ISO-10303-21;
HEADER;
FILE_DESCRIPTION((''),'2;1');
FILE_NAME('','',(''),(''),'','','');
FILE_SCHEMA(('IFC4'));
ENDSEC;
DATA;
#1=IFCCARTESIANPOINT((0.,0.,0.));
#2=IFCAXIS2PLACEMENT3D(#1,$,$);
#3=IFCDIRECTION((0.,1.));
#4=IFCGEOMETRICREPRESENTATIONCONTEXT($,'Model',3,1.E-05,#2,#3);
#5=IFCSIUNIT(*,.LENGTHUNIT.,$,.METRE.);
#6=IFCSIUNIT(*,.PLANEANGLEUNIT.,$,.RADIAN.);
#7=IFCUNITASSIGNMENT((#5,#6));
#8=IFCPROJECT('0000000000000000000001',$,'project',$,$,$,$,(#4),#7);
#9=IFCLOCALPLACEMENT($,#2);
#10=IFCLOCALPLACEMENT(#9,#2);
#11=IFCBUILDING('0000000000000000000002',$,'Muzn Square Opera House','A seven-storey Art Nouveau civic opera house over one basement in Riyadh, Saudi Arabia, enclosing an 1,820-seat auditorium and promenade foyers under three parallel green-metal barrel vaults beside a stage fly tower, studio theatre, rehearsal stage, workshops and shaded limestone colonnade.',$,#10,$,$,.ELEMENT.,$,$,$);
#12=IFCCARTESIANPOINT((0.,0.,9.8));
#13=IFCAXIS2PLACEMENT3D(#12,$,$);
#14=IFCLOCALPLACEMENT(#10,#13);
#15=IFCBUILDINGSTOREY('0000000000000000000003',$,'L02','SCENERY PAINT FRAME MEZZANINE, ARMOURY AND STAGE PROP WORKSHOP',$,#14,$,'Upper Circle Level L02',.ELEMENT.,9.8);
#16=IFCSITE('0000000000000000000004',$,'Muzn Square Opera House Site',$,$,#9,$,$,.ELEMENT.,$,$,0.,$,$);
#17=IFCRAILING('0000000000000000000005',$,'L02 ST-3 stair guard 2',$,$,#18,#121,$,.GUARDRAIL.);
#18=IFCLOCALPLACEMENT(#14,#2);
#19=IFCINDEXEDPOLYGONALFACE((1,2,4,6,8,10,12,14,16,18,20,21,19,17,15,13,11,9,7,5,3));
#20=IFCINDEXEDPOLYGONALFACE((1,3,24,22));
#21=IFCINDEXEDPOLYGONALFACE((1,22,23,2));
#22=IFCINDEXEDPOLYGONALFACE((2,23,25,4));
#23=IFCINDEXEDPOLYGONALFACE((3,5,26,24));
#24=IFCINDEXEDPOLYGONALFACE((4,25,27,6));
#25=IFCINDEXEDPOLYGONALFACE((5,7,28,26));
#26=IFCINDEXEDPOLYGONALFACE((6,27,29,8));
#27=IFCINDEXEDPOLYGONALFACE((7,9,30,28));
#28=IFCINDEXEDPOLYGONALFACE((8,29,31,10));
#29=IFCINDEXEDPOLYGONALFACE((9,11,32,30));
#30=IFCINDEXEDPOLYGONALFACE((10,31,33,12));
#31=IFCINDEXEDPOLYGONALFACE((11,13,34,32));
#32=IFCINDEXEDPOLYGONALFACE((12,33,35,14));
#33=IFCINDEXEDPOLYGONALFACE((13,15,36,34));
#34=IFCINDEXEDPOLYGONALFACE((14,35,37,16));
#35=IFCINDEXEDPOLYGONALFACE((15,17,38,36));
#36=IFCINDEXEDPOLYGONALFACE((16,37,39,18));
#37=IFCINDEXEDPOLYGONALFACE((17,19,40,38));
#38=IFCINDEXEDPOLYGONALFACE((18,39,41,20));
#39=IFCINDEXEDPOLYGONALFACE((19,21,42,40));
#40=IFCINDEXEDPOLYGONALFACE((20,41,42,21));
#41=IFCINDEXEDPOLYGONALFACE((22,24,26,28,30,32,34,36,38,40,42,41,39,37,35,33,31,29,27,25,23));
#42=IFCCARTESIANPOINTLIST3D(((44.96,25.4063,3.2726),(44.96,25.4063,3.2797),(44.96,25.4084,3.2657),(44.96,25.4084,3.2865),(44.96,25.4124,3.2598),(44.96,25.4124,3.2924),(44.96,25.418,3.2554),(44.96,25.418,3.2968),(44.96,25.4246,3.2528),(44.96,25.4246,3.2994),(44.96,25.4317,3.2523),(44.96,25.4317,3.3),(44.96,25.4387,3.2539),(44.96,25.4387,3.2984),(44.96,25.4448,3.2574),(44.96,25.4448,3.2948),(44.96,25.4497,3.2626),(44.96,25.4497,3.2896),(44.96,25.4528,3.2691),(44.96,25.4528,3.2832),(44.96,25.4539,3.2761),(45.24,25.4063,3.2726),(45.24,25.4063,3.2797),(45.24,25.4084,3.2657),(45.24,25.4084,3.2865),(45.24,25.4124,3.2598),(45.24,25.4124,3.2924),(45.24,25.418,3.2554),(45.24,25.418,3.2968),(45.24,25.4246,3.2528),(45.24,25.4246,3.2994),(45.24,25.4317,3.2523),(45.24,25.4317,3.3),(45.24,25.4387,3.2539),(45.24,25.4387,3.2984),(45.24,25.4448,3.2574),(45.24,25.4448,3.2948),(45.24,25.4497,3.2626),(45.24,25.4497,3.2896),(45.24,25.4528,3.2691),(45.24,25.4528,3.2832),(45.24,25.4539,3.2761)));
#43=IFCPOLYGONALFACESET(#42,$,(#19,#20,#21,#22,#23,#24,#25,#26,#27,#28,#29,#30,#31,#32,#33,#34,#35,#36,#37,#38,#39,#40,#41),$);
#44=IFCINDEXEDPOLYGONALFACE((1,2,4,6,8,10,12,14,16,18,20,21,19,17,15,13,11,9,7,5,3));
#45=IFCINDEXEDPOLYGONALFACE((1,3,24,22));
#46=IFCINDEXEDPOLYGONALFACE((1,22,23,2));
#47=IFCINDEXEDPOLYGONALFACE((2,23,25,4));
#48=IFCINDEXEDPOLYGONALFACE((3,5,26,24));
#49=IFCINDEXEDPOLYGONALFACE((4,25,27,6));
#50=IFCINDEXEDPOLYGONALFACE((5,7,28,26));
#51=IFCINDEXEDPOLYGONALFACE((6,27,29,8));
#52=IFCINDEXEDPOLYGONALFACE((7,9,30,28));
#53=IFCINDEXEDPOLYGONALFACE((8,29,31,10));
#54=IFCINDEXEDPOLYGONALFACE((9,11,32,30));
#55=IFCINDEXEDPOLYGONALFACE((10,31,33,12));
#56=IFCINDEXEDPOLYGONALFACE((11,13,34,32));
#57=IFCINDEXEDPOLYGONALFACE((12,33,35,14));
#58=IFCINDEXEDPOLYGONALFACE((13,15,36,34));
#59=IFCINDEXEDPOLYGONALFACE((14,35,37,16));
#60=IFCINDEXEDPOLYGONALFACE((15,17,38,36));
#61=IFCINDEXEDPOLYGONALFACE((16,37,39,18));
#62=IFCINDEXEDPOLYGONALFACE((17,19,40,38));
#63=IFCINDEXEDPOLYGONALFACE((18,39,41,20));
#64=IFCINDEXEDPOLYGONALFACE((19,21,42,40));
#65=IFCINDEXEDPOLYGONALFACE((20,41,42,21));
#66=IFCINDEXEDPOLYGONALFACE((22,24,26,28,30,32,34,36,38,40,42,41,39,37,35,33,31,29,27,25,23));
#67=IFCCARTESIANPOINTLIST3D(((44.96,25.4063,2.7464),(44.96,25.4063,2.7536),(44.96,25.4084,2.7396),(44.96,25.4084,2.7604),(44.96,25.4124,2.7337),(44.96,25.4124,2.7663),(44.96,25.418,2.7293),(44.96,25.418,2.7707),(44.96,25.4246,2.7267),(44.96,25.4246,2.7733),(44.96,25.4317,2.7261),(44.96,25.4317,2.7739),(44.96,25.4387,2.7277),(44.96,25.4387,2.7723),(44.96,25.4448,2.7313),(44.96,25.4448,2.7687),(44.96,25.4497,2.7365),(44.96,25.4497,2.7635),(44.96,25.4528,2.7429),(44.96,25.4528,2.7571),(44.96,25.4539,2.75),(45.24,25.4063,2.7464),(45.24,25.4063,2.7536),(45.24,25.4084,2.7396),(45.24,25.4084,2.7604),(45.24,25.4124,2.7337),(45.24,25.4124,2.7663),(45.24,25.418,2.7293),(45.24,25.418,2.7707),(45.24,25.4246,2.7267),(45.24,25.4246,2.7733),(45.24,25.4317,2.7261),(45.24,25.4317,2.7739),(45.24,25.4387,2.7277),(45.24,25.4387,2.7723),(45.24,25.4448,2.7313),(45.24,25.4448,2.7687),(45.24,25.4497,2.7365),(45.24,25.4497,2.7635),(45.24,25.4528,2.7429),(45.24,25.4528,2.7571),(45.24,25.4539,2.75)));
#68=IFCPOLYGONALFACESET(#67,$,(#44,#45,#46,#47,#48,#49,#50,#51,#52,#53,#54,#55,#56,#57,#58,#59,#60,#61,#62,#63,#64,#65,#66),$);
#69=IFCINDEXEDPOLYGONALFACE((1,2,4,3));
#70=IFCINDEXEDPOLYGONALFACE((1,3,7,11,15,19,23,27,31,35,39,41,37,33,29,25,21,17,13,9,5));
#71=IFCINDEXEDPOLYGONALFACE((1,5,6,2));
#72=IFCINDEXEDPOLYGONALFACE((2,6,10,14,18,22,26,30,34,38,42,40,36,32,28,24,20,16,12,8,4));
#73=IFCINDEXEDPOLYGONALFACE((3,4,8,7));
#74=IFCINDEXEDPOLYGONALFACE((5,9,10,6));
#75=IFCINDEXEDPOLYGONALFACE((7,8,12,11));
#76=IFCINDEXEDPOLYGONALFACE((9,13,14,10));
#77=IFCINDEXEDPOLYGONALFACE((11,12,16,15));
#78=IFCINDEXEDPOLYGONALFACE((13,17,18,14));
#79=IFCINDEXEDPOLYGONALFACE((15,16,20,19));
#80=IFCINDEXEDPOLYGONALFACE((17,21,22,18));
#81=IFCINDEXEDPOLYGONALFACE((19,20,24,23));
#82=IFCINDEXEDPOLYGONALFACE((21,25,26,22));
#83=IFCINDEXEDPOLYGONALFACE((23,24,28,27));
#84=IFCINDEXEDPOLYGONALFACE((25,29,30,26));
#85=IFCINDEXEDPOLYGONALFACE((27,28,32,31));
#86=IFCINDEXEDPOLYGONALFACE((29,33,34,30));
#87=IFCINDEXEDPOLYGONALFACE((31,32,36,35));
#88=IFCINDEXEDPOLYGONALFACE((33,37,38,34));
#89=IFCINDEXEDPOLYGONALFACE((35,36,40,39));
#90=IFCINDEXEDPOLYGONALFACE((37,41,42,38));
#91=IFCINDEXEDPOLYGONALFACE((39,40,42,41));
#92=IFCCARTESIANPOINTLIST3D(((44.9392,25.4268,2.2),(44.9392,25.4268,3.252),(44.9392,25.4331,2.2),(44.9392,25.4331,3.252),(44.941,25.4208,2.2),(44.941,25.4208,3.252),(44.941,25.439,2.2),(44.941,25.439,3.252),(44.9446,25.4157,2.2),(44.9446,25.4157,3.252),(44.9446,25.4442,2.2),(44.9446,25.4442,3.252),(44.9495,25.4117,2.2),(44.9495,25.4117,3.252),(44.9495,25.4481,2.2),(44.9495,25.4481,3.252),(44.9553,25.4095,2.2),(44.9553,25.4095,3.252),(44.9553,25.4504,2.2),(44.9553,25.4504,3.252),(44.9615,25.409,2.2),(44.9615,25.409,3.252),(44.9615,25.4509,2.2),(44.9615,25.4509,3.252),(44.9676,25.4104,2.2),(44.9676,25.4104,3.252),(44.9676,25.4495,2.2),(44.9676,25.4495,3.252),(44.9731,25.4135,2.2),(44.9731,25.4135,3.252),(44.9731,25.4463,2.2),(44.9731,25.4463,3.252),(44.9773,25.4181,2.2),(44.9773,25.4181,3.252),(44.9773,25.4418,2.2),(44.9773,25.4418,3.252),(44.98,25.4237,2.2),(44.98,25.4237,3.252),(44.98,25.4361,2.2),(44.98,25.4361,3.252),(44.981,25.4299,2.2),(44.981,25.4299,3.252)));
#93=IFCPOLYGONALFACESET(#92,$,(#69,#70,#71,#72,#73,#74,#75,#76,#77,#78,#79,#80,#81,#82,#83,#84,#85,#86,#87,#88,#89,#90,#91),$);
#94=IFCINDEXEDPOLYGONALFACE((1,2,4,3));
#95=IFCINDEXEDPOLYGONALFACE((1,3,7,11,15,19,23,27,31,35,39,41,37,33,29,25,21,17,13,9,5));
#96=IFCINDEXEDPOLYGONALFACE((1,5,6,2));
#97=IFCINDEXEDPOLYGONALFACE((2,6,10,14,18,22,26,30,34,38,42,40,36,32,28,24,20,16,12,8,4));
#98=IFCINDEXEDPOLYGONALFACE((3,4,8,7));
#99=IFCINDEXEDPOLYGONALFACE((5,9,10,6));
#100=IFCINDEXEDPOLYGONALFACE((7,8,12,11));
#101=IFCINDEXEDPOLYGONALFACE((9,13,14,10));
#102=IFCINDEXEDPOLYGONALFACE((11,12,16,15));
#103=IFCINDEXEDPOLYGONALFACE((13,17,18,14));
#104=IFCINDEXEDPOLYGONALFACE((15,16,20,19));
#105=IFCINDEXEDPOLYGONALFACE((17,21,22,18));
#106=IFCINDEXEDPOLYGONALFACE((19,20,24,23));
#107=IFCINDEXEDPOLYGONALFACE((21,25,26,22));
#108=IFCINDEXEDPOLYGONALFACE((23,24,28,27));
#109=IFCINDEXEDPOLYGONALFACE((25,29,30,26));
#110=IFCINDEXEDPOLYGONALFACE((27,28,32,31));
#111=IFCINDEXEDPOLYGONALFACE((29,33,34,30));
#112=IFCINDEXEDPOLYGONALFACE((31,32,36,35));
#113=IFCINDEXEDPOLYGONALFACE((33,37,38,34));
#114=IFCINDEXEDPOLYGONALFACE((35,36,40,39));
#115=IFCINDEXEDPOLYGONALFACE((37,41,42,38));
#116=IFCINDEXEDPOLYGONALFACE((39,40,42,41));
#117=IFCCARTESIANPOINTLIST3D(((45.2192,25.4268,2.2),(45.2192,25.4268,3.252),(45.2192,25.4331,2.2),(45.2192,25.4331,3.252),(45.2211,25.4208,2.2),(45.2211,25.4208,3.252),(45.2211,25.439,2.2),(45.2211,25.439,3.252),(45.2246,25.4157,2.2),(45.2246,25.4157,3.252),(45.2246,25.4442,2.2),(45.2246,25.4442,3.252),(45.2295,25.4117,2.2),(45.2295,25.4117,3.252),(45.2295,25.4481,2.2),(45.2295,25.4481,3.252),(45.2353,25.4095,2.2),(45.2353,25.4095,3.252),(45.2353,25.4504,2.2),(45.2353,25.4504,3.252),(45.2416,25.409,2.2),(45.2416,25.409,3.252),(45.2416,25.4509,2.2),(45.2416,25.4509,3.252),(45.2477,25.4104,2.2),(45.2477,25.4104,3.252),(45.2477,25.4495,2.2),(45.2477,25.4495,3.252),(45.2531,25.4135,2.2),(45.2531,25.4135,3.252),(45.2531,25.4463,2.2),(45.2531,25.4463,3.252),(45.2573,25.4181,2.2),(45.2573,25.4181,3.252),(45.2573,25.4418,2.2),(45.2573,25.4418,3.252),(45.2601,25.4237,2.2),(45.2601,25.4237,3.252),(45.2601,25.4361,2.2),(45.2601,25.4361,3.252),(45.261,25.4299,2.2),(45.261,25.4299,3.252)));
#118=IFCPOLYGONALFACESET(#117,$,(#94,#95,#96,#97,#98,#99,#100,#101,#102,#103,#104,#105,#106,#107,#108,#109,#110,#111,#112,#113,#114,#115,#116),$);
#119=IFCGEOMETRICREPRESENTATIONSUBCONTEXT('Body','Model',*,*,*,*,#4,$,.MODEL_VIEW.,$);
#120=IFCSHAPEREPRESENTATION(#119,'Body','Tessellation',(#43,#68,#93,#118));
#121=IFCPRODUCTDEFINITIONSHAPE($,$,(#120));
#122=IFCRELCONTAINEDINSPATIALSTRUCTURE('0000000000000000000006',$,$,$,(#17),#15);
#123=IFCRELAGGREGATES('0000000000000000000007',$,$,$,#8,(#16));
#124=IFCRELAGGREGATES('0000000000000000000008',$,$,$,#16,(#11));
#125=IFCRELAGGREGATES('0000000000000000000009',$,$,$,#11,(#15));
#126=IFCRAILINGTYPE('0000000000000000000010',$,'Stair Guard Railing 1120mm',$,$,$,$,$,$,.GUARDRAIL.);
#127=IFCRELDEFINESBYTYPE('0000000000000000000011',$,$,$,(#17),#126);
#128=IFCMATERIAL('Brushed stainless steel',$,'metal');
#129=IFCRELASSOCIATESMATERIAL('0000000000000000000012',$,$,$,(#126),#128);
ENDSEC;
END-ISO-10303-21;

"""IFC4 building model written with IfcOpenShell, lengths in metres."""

from ifc_helpers import new_model, si_unit, direction, frame, origin, origin_2d, place, context, subcontext, project, spatial, circle, extrude, material, type_object, element, save


model = new_model("IFC4")

# Units and contexts
model_context = context("Model", 3, precision=1e-05, world=origin(), true_north=direction((0.0, 1.0)))
body_context = subcontext(model_context, "Body", "Model", "MODEL_VIEW")
ifc_project = project(units=[si_unit("LENGTHUNIT", "METRE"), si_unit("PLANEANGLEUNIT", "RADIAN")], contexts=[model_context])

# Site, building, storey
site_placement = place(None, origin())
site = spatial("IfcSite", under=ifc_project, at=site_placement, Name="Muzn Square Opera House Site", CompositionType="ELEMENT", RefElevation=0.0)
building_placement = place(site_placement, origin())
building = spatial("IfcBuilding", under=site, at=building_placement, Name="Muzn Square Opera House", Description="A seven-storey Art Nouveau civic opera house over one basement in Riyadh, Saudi Arabia, enclosing an 1,820-seat auditorium and promenade foyers under three parallel green-metal barrel vaults beside a stage fly tower, studio theatre, rehearsal stage, workshops and shaded limestone colonnade.", CompositionType="ELEMENT")
storey_placement = place(building_placement, frame((0.0, 0.0, 9.8)))
storey = spatial("IfcBuildingStorey", under=building, at=storey_placement, Name="L02", Description="SCENERY PAINT FRAME MEZZANINE, ARMOURY AND STAGE PROP WORKSHOP", LongName="Upper Circle Level L02", CompositionType="ELEMENT", Elevation=9.8)

# Shared definitions
ifc_material_1 = material(Name="Brushed stainless steel", Category="metal")

# Railing
railing_type_1 = type_object("IfcRailingType", Name="Stair Guard Railing 1120mm", PredefinedType="GUARDRAIL", material=ifc_material_1)
railing_1_placement = place(storey_placement, frame((44.96, 25.4299, 2.2)))
element("IfcRailing", 1, at=railing_1_placement, inside=storey, type_object=railing_type_1, Name="L02 ST-3 stair guard 2", PredefinedType="GUARDRAIL", context=body_context, shape_type="SweptSolid", body=[
    extrude(circle(Radius=0.0239, at=origin_2d()), frame((0.0, 0.0, 1.0762), z_axis=(1.0, 0.0, 0.0), x_axis=(0.0, 1.0, 0.0)), (0.0, 0.0, 1.0), 0.28),
    extrude(circle(Radius=0.0239, at=origin_2d()), frame((0.0, 0.0, 0.55), z_axis=(1.0, 0.0, 0.0), x_axis=(0.0, 1.0, 0.0)), (0.0, 0.0, 1.0), 0.28),
    extrude(circle(Radius=0.021, at=origin_2d()), origin(), (0.0, 0.0, 1.0), 1.052),
    extrude(circle(Radius=0.021, at=origin_2d()), frame((0.28, 0.0, 0.0)), (0.0, 0.0, 1.0), 1.052),
])

save(model, "model.ifc")
